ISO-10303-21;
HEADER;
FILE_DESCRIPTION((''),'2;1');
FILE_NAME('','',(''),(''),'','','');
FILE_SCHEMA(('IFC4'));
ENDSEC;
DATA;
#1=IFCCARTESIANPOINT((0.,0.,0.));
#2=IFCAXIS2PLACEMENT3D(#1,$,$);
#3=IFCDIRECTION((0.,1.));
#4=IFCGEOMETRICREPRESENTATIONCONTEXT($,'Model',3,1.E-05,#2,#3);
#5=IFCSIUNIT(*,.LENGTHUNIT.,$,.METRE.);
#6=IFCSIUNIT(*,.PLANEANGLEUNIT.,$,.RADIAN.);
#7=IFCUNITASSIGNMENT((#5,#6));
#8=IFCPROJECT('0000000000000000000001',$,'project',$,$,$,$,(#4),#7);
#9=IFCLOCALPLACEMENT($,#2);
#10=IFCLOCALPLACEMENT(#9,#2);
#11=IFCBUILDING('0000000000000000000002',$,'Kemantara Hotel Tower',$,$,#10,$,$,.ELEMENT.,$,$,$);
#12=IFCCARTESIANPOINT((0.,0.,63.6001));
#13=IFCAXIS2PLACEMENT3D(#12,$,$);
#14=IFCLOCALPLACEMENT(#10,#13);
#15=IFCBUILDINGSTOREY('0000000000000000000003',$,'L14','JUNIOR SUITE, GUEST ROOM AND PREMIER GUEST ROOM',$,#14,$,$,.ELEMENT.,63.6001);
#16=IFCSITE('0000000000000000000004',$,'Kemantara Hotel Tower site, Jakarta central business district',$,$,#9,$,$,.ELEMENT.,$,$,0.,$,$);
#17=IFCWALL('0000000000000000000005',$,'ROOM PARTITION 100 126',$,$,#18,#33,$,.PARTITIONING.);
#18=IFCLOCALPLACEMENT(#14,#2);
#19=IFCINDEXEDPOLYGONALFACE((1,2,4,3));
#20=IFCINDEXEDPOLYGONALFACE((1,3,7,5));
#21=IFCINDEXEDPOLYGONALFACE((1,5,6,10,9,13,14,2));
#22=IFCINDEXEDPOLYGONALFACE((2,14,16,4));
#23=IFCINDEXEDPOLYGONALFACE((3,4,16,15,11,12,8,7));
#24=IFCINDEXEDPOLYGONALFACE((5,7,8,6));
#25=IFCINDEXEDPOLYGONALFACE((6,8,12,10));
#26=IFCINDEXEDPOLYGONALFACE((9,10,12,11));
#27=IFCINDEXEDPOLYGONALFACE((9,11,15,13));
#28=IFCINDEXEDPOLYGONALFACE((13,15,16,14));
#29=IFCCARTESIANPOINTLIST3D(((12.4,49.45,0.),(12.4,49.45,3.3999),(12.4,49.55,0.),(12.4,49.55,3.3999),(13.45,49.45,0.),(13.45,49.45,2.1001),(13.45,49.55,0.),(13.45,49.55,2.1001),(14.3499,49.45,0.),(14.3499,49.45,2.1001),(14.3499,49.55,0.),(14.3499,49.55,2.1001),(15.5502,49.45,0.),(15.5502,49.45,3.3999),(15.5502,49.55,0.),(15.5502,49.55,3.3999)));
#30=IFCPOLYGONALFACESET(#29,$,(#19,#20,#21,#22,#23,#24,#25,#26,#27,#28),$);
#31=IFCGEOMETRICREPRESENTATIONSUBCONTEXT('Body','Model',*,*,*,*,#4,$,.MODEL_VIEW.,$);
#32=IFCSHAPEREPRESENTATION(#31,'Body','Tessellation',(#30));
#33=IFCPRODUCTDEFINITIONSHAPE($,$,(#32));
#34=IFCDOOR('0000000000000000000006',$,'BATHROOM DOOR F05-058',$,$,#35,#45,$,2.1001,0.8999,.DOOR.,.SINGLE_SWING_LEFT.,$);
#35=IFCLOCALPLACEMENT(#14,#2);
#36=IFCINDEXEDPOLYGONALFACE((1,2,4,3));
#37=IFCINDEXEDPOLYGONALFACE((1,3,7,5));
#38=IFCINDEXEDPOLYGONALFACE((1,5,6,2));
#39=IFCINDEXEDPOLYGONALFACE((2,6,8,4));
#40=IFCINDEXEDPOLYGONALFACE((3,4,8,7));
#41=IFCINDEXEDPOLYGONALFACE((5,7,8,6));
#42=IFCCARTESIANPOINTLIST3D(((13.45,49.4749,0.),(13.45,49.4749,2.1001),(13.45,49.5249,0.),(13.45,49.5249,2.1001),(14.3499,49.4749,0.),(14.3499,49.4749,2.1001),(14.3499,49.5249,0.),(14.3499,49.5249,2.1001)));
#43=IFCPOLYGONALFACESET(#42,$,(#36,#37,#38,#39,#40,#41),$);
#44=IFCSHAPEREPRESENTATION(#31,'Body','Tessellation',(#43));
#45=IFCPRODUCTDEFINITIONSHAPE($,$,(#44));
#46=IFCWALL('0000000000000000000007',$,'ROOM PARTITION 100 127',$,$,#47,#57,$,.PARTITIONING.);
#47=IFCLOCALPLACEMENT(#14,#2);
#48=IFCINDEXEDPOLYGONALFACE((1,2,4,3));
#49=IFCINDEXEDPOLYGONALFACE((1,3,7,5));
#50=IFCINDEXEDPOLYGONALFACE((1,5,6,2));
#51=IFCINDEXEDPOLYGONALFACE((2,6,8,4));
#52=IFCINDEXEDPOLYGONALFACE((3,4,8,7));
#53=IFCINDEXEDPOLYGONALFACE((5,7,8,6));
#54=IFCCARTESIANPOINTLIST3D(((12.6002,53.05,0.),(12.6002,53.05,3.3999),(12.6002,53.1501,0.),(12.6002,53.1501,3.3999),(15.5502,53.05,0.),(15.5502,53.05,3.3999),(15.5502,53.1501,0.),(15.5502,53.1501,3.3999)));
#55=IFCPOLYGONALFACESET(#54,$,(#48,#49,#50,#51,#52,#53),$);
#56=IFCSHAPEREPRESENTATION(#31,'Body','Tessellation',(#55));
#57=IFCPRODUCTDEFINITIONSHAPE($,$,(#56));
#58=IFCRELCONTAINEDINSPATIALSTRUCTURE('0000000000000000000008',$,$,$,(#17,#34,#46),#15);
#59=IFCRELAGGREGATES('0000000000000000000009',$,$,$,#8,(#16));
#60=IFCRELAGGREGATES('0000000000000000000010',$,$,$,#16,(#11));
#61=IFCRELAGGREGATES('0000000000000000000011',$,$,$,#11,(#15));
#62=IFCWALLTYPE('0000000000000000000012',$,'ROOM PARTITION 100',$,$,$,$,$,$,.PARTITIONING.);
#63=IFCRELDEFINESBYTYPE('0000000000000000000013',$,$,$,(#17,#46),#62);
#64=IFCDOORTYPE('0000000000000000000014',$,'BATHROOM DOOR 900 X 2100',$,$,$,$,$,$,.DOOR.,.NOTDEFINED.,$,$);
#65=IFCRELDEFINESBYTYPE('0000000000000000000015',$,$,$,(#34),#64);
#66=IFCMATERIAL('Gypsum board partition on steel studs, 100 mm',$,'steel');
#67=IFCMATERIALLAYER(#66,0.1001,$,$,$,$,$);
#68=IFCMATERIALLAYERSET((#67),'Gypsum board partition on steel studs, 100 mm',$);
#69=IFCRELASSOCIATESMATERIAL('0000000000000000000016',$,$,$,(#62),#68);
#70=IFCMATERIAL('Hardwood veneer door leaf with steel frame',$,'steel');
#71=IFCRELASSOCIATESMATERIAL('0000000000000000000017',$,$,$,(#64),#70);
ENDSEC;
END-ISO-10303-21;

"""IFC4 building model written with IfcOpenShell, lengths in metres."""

from ifc_helpers import new_model, si_unit, direction, frame, frame_2d, origin, place, context, subcontext, project, spatial, rectangle, extrude, material, layer, layer_set, type_object, element, fill, save


model = new_model("IFC4")

# Units and contexts
model_context = context("Model", 3, precision=1e-05, world=origin(), true_north=direction((0.0, 1.0)))
body_context = subcontext(model_context, "Body", "Model", "MODEL_VIEW")
ifc_project = project(units=[si_unit("LENGTHUNIT", "METRE"), si_unit("PLANEANGLEUNIT", "RADIAN")], contexts=[model_context])

# Site, building, storey
site_placement = place(None, origin())
site = spatial("IfcSite", under=ifc_project, at=site_placement, Name="Kemantara Hotel Tower site, Jakarta central business district", CompositionType="ELEMENT", RefElevation=0.0)
building_placement = place(site_placement, origin())
building = spatial("IfcBuilding", under=site, at=building_placement, Name="Kemantara Hotel Tower", CompositionType="ELEMENT")
storey_placement = place(building_placement, frame((0.0, 0.0, 63.6001)))
storey = spatial("IfcBuildingStorey", under=building, at=storey_placement, Name="L14", Description="JUNIOR SUITE, GUEST ROOM AND PREMIER GUEST ROOM", CompositionType="ELEMENT", Elevation=63.6001)

# Shared definitions
ifc_material_1 = material(Name="Hardwood veneer door leaf with steel frame", Category="steel")

# Shared definitions
ifc_material_2 = material(Name="Gypsum board partition on steel studs, 100 mm", Category="steel")
ifc_layer_1 = layer(ifc_material_2, 0.1001)
ifc_layer_set_1 = layer_set([ifc_layer_1], Name="Gypsum board partition on steel studs, 100 mm")
wall_type_1 = type_object("IfcWallType", Name="ROOM PARTITION 100", PredefinedType="PARTITIONING", material=ifc_layer_set_1)

# Wall, opening, door
wall_1_placement = place(storey_placement, frame((12.3999, 49.5, 0.0), z_axis=(0.0, 0.0, 1.0), x_axis=(1.0, 0.0, 0.0)))
wall_1 = element("IfcWall", 1, at=wall_1_placement, inside=storey, type_object=wall_type_1, Name="ROOM PARTITION 100 126", PredefinedType="PARTITIONING", context=body_context, shape_type="SweptSolid", body=[
    extrude(rectangle(XDim=3.1501, YDim=0.1001, at=frame_2d((1.5752, 0.0))), origin(), (0.0, 0.0, 1.0), 3.3999),
])
opening_1_placement = place(wall_1_placement, frame((1.05, 0.0, 0.0)))
opening_1 = element("IfcOpeningElement", 2, at=opening_1_placement, cuts=wall_1, PredefinedType="OPENING", context=body_context, shape_type="SweptSolid", body=[
    extrude(rectangle(XDim=0.8999, YDim=2.1001, at=frame_2d((0.45, 1.05))), frame((0.0, 0.0601, 0.0), z_axis=(0.0, -1.0, 0.0), x_axis=(1.0, 0.0, 0.0)), (0.0, 0.0, 1.0), 0.1201),
])
door_type_1 = type_object("IfcDoorType", Name="BATHROOM DOOR 900 X 2100", OperationType="NOTDEFINED", PredefinedType="DOOR", material=ifc_material_1)
door_1_placement = place(opening_1_placement, origin())
door_1 = element("IfcDoor", 3, at=door_1_placement, inside=storey, type_object=door_type_1, Name="BATHROOM DOOR F05-058", OperationType="SINGLE_SWING_LEFT", OverallHeight=2.1001, OverallWidth=0.8999, PredefinedType="DOOR", context=body_context, shape_type="SweptSolid", body=[
    extrude(rectangle(XDim=0.8999, YDim=2.1001, at=frame_2d((0.45, 1.05))), frame((0.0, 0.0249, 0.0), z_axis=(0.0, -1.0, 0.0), x_axis=(1.0, 0.0, 0.0)), (0.0, 0.0, 1.0), 0.05),
])
fill(opening_1, door_1)

# Wall
wall_2_placement = place(storey_placement, frame((12.6001, 53.1001, 0.0), z_axis=(0.0, 0.0, 1.0), x_axis=(1.0, 0.0, 0.0)))
element("IfcWall", 4, at=wall_2_placement, inside=storey, type_object=wall_type_1, Name="ROOM PARTITION 100 127", PredefinedType="PARTITIONING", context=body_context, shape_type="SweptSolid", body=[
    extrude(rectangle(XDim=2.95, YDim=0.1001, at=frame_2d((1.4751, 0.0))), origin(), (0.0, 0.0, 1.0), 3.3999),
])

save(model, "model.ifc")
